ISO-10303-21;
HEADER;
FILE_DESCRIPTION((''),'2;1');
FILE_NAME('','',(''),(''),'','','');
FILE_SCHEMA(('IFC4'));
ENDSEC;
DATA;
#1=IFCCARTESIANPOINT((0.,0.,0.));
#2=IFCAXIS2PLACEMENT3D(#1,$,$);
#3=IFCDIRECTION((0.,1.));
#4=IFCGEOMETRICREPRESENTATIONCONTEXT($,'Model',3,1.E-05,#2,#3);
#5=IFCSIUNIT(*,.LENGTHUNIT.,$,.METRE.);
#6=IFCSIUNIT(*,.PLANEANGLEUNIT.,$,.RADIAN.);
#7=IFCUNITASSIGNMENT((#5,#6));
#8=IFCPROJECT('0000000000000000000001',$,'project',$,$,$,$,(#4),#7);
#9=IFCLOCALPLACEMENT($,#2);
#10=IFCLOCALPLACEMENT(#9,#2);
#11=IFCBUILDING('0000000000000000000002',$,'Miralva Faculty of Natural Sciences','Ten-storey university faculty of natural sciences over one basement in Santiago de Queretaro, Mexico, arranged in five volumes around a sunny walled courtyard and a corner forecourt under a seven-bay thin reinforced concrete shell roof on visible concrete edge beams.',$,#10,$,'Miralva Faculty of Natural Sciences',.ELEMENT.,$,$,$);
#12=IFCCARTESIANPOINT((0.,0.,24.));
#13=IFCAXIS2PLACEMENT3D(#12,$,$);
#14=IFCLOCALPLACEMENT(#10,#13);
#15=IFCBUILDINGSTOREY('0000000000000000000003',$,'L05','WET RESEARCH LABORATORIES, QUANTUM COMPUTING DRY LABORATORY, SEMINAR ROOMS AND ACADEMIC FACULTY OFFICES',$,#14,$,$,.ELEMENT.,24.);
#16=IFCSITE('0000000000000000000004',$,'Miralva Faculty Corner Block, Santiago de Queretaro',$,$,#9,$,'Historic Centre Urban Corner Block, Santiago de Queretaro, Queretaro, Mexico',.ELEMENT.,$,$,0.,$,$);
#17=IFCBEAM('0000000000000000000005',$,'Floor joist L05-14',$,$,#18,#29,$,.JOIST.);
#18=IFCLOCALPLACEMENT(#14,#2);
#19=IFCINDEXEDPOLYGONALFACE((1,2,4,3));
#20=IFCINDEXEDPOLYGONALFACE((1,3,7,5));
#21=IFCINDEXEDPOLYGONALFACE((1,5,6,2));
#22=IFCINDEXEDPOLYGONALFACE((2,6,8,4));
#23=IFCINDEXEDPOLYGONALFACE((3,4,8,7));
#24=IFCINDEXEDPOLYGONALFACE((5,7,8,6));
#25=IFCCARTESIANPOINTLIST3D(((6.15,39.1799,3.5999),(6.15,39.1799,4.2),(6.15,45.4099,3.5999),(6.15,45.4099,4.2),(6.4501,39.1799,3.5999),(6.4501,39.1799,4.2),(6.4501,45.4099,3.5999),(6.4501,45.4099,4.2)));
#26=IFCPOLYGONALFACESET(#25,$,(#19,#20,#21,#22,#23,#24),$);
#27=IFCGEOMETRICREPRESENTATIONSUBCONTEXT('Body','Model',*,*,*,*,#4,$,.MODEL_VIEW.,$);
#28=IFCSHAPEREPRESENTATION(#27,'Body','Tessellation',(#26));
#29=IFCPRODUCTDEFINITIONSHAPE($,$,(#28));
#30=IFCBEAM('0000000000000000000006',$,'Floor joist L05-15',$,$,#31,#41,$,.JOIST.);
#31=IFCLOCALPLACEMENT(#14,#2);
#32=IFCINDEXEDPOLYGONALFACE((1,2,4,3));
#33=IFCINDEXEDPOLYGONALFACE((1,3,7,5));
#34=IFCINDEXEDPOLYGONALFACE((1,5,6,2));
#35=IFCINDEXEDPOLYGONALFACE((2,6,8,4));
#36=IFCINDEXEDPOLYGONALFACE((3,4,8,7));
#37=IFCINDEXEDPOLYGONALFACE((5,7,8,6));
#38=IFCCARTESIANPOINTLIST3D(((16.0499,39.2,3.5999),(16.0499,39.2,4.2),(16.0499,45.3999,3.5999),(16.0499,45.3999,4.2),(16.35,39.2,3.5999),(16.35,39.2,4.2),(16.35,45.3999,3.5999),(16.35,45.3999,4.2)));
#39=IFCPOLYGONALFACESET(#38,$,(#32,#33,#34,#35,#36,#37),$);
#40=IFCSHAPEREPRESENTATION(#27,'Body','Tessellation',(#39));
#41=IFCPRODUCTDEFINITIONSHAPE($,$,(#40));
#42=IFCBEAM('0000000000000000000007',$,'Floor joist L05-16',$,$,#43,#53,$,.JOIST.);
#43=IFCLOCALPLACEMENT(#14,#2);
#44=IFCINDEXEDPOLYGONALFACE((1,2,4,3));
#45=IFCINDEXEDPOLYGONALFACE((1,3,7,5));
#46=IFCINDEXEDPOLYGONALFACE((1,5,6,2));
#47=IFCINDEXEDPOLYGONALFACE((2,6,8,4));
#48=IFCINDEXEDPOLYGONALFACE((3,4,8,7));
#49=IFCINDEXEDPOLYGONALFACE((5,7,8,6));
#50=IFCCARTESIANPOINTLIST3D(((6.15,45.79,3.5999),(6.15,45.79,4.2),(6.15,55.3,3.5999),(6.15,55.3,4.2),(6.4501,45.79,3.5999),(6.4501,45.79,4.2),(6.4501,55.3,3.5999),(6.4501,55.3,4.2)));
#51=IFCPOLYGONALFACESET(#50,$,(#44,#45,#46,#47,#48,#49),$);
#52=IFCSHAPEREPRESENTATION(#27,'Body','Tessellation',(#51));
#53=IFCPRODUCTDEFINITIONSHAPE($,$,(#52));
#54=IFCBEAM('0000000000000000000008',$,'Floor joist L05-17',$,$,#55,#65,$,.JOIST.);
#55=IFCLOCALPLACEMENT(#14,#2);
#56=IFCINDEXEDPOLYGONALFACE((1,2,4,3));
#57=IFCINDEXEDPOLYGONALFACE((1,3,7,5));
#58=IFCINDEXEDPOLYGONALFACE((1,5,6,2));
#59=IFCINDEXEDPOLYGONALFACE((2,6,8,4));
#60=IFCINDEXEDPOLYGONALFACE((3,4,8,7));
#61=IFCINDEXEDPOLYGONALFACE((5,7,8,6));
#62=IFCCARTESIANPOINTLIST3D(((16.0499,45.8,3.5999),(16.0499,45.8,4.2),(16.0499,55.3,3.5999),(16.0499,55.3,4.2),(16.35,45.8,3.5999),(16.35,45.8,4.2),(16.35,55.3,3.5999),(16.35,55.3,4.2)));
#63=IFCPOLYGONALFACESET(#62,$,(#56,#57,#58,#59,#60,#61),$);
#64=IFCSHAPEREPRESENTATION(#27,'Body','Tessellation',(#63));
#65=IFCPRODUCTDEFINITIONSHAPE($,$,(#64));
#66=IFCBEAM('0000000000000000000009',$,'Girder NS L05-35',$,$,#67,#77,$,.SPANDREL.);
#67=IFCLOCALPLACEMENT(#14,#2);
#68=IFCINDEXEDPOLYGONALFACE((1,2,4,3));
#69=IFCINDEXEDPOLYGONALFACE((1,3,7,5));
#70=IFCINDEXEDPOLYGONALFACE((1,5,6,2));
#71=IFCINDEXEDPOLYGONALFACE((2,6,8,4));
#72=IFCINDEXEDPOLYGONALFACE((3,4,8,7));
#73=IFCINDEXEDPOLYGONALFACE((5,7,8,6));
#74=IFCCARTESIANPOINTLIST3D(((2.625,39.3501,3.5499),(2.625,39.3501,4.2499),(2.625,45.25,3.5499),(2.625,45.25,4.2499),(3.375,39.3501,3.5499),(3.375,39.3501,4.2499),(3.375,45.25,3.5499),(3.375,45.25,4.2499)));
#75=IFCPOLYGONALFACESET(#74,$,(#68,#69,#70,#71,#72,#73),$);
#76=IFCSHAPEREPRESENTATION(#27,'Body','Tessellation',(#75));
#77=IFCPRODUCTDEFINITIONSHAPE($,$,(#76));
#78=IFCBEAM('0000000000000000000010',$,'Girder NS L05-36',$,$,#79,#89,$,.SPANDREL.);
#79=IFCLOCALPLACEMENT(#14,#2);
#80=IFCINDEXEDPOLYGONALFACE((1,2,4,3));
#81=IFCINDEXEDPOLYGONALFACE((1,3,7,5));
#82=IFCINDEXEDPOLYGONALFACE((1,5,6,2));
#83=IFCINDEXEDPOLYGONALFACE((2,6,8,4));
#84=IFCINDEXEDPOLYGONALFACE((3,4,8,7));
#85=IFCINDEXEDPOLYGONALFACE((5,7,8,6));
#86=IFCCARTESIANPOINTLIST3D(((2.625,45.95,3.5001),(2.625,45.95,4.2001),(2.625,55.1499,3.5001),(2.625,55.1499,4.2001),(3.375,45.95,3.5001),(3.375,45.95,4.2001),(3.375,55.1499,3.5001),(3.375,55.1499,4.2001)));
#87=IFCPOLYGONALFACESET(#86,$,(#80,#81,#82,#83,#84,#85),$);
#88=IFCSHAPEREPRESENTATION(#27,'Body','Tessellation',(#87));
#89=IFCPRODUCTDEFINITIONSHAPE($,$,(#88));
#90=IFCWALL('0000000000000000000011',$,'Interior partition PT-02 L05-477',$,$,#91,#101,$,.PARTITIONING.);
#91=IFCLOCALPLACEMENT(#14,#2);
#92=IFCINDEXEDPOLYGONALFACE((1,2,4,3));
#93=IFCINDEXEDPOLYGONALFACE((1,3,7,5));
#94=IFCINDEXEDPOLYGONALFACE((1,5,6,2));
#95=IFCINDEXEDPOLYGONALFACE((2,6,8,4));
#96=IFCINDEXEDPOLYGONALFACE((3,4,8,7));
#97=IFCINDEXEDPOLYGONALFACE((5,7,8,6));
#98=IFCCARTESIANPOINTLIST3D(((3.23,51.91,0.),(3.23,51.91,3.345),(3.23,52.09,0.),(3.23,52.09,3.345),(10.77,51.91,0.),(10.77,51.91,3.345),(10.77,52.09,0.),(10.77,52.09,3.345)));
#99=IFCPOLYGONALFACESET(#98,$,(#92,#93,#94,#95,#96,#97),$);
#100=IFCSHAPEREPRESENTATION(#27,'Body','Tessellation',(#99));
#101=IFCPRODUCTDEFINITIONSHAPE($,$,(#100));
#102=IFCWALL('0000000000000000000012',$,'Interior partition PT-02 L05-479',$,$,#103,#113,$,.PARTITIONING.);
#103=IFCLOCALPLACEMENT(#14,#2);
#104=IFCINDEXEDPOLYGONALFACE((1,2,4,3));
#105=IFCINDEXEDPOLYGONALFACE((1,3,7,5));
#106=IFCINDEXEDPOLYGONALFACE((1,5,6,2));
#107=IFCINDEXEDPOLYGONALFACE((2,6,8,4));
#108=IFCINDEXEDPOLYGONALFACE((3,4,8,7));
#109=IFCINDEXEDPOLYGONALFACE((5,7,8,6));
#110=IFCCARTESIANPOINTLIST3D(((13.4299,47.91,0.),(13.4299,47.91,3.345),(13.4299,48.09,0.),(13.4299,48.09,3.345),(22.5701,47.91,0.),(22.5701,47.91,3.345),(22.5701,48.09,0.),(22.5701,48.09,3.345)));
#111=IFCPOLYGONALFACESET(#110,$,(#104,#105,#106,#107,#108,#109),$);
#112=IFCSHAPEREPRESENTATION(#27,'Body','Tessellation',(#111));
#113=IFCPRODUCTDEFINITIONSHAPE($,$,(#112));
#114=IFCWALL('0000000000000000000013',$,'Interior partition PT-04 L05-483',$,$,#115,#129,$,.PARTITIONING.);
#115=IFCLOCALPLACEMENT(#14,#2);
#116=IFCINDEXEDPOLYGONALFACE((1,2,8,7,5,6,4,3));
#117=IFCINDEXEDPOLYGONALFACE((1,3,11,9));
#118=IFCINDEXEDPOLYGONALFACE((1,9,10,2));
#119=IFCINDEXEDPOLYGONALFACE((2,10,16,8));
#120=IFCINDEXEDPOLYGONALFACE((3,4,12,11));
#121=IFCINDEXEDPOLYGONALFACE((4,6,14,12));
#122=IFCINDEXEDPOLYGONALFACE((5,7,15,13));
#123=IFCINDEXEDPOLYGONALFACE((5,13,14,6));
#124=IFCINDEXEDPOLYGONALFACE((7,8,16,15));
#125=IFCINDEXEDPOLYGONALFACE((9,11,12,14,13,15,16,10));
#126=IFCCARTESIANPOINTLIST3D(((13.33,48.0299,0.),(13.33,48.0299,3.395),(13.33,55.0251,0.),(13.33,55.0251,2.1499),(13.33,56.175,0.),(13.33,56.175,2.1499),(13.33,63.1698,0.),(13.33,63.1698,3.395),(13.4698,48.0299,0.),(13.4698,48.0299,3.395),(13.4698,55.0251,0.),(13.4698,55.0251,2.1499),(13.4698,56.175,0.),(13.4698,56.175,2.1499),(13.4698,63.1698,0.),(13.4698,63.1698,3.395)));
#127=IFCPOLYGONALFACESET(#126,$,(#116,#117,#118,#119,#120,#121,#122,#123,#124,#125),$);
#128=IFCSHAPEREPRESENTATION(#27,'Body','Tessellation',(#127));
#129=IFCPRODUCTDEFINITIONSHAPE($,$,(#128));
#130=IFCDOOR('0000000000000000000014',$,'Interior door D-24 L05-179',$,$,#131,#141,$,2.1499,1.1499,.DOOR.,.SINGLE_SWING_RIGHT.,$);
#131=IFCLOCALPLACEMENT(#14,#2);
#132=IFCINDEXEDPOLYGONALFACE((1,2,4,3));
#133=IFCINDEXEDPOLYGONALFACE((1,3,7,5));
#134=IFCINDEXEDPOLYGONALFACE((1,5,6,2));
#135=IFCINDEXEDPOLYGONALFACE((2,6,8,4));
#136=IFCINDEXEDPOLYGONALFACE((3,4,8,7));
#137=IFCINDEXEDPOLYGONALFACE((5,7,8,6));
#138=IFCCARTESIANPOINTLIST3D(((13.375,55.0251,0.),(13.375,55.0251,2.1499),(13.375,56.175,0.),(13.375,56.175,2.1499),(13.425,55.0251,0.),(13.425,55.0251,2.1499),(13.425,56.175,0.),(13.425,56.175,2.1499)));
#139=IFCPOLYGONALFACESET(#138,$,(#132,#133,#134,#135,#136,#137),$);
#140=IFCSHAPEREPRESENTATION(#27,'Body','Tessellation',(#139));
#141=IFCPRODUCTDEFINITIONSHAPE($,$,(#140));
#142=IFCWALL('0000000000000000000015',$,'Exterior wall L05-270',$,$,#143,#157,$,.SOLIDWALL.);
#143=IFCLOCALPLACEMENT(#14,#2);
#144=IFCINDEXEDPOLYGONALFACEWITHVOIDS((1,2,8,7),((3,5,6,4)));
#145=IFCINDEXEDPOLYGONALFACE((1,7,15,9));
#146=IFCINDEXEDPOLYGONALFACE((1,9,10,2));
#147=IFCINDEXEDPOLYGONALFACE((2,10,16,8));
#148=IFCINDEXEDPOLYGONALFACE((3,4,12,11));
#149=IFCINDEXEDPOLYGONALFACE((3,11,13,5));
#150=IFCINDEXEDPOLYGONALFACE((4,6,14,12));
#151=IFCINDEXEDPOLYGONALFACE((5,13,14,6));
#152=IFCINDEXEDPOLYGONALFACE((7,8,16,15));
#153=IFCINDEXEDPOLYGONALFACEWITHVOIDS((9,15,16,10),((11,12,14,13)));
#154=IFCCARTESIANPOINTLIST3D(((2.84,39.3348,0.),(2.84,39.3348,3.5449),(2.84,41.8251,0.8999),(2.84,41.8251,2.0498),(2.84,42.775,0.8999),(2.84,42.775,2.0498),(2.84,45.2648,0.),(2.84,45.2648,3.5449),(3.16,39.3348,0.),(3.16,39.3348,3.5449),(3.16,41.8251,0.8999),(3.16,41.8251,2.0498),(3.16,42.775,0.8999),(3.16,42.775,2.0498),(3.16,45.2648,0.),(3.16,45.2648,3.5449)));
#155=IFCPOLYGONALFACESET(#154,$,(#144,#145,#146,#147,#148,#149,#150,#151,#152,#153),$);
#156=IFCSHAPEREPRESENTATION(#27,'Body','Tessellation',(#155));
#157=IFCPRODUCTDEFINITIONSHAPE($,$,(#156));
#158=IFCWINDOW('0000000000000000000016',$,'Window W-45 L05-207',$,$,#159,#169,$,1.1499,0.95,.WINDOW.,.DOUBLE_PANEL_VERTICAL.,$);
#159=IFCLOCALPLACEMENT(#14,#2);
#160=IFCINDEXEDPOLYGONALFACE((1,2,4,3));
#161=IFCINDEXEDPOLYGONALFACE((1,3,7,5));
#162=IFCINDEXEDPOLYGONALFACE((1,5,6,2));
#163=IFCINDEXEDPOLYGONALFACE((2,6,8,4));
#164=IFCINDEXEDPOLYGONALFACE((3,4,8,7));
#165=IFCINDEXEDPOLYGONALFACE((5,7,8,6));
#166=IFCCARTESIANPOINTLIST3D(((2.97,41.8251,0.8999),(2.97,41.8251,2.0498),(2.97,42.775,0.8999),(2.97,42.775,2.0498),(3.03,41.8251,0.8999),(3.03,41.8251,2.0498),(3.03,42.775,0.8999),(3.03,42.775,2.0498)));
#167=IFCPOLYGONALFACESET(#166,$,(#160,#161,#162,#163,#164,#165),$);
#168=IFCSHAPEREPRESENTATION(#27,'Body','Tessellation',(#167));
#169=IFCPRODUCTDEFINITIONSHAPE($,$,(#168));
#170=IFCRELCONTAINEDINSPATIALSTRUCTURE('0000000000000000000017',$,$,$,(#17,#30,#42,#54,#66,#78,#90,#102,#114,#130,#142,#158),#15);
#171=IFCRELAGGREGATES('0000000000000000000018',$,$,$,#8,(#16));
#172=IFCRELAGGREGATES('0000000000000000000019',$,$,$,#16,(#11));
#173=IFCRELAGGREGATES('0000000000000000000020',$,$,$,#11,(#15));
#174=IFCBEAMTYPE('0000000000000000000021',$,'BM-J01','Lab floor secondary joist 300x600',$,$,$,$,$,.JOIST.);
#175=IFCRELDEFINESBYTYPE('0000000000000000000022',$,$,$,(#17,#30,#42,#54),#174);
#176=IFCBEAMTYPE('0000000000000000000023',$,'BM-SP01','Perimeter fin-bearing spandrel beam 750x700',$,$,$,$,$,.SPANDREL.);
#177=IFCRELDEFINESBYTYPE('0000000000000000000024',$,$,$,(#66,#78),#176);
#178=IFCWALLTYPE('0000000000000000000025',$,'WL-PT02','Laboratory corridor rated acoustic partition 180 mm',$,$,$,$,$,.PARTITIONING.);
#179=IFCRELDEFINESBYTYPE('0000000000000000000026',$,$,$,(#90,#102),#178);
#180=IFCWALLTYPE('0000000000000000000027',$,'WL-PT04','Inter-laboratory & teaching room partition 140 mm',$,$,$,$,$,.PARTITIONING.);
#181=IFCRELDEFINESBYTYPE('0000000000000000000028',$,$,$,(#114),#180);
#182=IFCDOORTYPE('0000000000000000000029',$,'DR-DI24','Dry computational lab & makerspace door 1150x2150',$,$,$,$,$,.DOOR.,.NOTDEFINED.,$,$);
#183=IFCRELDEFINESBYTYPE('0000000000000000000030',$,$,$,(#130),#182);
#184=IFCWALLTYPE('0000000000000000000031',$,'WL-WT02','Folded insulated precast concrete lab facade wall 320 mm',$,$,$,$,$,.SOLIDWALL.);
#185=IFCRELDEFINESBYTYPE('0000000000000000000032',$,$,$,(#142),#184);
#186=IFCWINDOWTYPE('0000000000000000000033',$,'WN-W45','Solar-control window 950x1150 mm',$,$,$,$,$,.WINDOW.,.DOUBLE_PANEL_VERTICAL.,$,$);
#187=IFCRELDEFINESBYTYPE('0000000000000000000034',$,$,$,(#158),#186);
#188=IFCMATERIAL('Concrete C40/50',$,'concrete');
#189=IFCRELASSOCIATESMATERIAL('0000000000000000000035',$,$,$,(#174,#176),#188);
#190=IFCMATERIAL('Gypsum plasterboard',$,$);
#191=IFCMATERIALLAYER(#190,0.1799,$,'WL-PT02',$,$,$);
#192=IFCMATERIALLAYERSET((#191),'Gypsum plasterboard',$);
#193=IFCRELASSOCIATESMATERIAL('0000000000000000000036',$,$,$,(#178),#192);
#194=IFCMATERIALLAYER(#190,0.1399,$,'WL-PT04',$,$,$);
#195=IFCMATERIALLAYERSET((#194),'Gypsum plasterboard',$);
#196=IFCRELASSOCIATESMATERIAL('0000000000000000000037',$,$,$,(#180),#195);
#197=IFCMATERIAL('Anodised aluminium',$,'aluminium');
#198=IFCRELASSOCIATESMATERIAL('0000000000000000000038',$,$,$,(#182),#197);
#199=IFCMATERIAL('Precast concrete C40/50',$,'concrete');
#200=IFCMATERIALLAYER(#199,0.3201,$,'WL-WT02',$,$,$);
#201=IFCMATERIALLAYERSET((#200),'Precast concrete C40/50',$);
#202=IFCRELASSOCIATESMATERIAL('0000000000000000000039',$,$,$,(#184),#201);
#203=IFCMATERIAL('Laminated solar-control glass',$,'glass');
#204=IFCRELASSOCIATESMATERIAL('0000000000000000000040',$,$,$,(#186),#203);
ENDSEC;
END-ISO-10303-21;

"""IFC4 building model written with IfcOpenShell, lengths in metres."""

from ifc_helpers import new_model, si_unit, direction, frame, frame_2d, origin, origin_2d, place, context, subcontext, project, spatial, rectangle, extrude, material, layer, layer_set, material_profile, profile_set, type_object, element, fill, save


model = new_model("IFC4")

# Units and contexts
model_context = context("Model", 3, precision=1e-05, world=origin(), true_north=direction((0.0, 1.0)))
body_context = subcontext(model_context, "Body", "Model", "MODEL_VIEW")
ifc_project = project(units=[si_unit("LENGTHUNIT", "METRE"), si_unit("PLANEANGLEUNIT", "RADIAN")], contexts=[model_context])

# Site, building, storey
site_placement = place(None, origin())
site = spatial("IfcSite", under=ifc_project, at=site_placement, Name="Miralva Faculty Corner Block, Santiago de Queretaro", LongName="Historic Centre Urban Corner Block, Santiago de Queretaro, Queretaro, Mexico", CompositionType="ELEMENT", RefElevation=0.0)
building_placement = place(site_placement, origin())
building = spatial("IfcBuilding", under=site, at=building_placement, Name="Miralva Faculty of Natural Sciences", Description="Ten-storey university faculty of natural sciences over one basement in Santiago de Queretaro, Mexico, arranged in five volumes around a sunny walled courtyard and a corner forecourt under a seven-bay thin reinforced concrete shell roof on visible concrete edge beams.", LongName="Miralva Faculty of Natural Sciences", CompositionType="ELEMENT")
storey_placement = place(building_placement, frame((0.0, 0.0, 24.0)))
storey = spatial("IfcBuildingStorey", under=building, at=storey_placement, Name="L05", Description="WET RESEARCH LABORATORIES, QUANTUM COMPUTING DRY LABORATORY, SEMINAR ROOMS AND ACADEMIC FACULTY OFFICES", CompositionType="ELEMENT", Elevation=24.0)

# Shared definitions
ifc_material_1 = material(Name="Concrete C40/50", Category="concrete")

# Beams
ifc_material_profile_1 = material_profile(ifc_material_1, rectangle(XDim=0.3, YDim=0.6001, at=origin_2d()), Name="RC 300x600")
ifc_profile_set_1 = profile_set([ifc_material_profile_1], Name="Concrete C40/50")
beam_type_1 = type_object("IfcBeamType", Name="BM-J01", Description="Lab floor secondary joist 300x600", PredefinedType="JOIST", material=ifc_profile_set_1)
beam_1_placement = place(storey_placement, frame((6.3, 39.1799, 3.8999), z_axis=(0.0, 1.0, 0.0), x_axis=(-1.0, 0.0, 0.0)))
element("IfcBeam", 1, at=beam_1_placement, inside=storey, type_object=beam_type_1, Name="Floor joist L05-14", PredefinedType="JOIST", context=body_context, shape_type="SweptSolid", body=[
    extrude(rectangle(XDim=0.3, YDim=0.6001, at=origin_2d()), origin(), (0.0, 0.0, 1.0), 6.23),
])
beam_2_placement = place(storey_placement, frame((16.2, 39.2, 3.8999), z_axis=(0.0, 1.0, 0.0), x_axis=(-1.0, 0.0, 0.0)))
element("IfcBeam", 2, at=beam_2_placement, inside=storey, type_object=beam_type_1, Name="Floor joist L05-15", PredefinedType="JOIST", context=body_context, shape_type="SweptSolid", body=[
    extrude(rectangle(XDim=0.3, YDim=0.6001, at=origin_2d()), origin(), (0.0, 0.0, 1.0), 6.2),
])
beam_3_placement = place(storey_placement, frame((6.3, 45.79, 3.8999), z_axis=(0.0, 1.0, 0.0), x_axis=(-1.0, 0.0, 0.0)))
element("IfcBeam", 3, at=beam_3_placement, inside=storey, type_object=beam_type_1, Name="Floor joist L05-16", PredefinedType="JOIST", context=body_context, shape_type="SweptSolid", body=[
    extrude(rectangle(XDim=0.3, YDim=0.6001, at=origin_2d()), origin(), (0.0, 0.0, 1.0), 9.51),
])
beam_4_placement = place(storey_placement, frame((16.2, 45.8, 3.8999), z_axis=(0.0, 1.0, 0.0), x_axis=(-1.0, 0.0, 0.0)))
element("IfcBeam", 4, at=beam_4_placement, inside=storey, type_object=beam_type_1, Name="Floor joist L05-17", PredefinedType="JOIST", context=body_context, shape_type="SweptSolid", body=[
    extrude(rectangle(XDim=0.3, YDim=0.6001, at=origin_2d()), origin(), (0.0, 0.0, 1.0), 9.5),
])
ifc_material_profile_2 = material_profile(ifc_material_1, rectangle(XDim=0.75, YDim=0.7, at=origin_2d()), Name="RC 750x700")
ifc_profile_set_2 = profile_set([ifc_material_profile_2], Name="Concrete C40/50")
beam_type_2 = type_object("IfcBeamType", Name="BM-SP01", Description="Perimeter fin-bearing spandrel beam 750x700", PredefinedType="SPANDREL", material=ifc_profile_set_2)
beam_5_placement = place(storey_placement, frame((3.0, 39.3501, 3.8999), z_axis=(0.0, 1.0, 0.0), x_axis=(-1.0, 0.0, 0.0)))
element("IfcBeam", 5, at=beam_5_placement, inside=storey, type_object=beam_type_2, Name="Girder NS L05-35", PredefinedType="SPANDREL", context=body_context, shape_type="SweptSolid", body=[
    extrude(rectangle(XDim=0.75, YDim=0.7, at=origin_2d()), origin(), (0.0, 0.0, 1.0), 5.8999),
])
beam_6_placement = place(storey_placement, frame((3.0, 45.95, 3.8501), z_axis=(0.0, 1.0, 0.0), x_axis=(-1.0, 0.0, 0.0)))
element("IfcBeam", 6, at=beam_6_placement, inside=storey, type_object=beam_type_2, Name="Girder NS L05-36", PredefinedType="SPANDREL", context=body_context, shape_type="SweptSolid", body=[
    extrude(rectangle(XDim=0.75, YDim=0.7, at=origin_2d()), origin(), (0.0, 0.0, 1.0), 9.2),
])

# Walls
ifc_material_2 = material(Name="Gypsum plasterboard")
ifc_layer_1 = layer(ifc_material_2, 0.1799, Name="WL-PT02")
ifc_layer_set_1 = layer_set([ifc_layer_1], Name="Gypsum plasterboard")
wall_type_1 = type_object("IfcWallType", Name="WL-PT02", Description="Laboratory corridor rated acoustic partition 180 mm", PredefinedType="PARTITIONING", material=ifc_layer_set_1)
wall_1_placement = place(storey_placement, frame((3.23, 52.0, 0.0), z_axis=(0.0, 0.0, 1.0), x_axis=(1.0, 0.0, 0.0)))
element("IfcWall", 7, at=wall_1_placement, inside=storey, type_object=wall_type_1, Name="Interior partition PT-02 L05-477", PredefinedType="PARTITIONING", context=body_context, shape_type="SweptSolid", body=[
    extrude(rectangle(XDim=7.54, YDim=0.1799, at=frame_2d((3.77, 0.0))), origin(), (0.0, 0.0, 1.0), 3.345),
])
wall_2_placement = place(storey_placement, frame((13.4299, 48.0, 0.0), z_axis=(0.0, 0.0, 1.0), x_axis=(1.0, 0.0, 0.0)))
element("IfcWall", 8, at=wall_2_placement, inside=storey, type_object=wall_type_1, Name="Interior partition PT-02 L05-479", PredefinedType="PARTITIONING", context=body_context, shape_type="SweptSolid", body=[
    extrude(rectangle(XDim=9.1401, YDim=0.1799, at=frame_2d((4.5701, 0.0))), origin(), (0.0, 0.0, 1.0), 3.345),
])

# Wall, opening, door
ifc_layer_2 = layer(ifc_material_2, 0.1399, Name="WL-PT04")
ifc_layer_set_2 = layer_set([ifc_layer_2], Name="Gypsum plasterboard")
wall_type_2 = type_object("IfcWallType", Name="WL-PT04", Description="Inter-laboratory & teaching room partition 140 mm", PredefinedType="PARTITIONING", material=ifc_layer_set_2)
wall_3_placement = place(storey_placement, frame((13.3999, 48.03, 0.0), z_axis=(0.0, 0.0, 1.0), x_axis=(0.0, 1.0, 0.0)))
wall_3 = element("IfcWall", 9, at=wall_3_placement, inside=storey, type_object=wall_type_2, Name="Interior partition PT-04 L05-483", PredefinedType="PARTITIONING", context=body_context, shape_type="SweptSolid", body=[
    extrude(rectangle(XDim=15.1399, YDim=0.1399, at=frame_2d((7.5698, 0.0))), origin(), (0.0, 0.0, 1.0), 3.395),
])
opening_1_placement = place(wall_3_placement, frame((6.9951, 0.0, 0.0)))
opening_1 = element("IfcOpeningElement", 10, at=opening_1_placement, cuts=wall_3, PredefinedType="OPENING", context=body_context, shape_type="SweptSolid", body=[
    extrude(rectangle(XDim=1.1499, YDim=2.1499, at=frame_2d((0.575, 1.075))), frame((0.0, 0.0798, 0.0), z_axis=(0.0, -1.0, 0.0), x_axis=(1.0, 0.0, 0.0)), (0.0, 0.0, 1.0), 0.1599),
])
ifc_material_3 = material(Name="Anodised aluminium", Category="aluminium")
door_type = type_object("IfcDoorType", Name="DR-DI24", Description="Dry computational lab & makerspace door 1150x2150", OperationType="NOTDEFINED", PredefinedType="DOOR", material=ifc_material_3)
door_placement = place(opening_1_placement, origin())
door = element("IfcDoor", 11, at=door_placement, inside=storey, type_object=door_type, Name="Interior door D-24 L05-179", OperationType="SINGLE_SWING_RIGHT", OverallHeight=2.1499, OverallWidth=1.1499, PredefinedType="DOOR", context=body_context, shape_type="SweptSolid", body=[
    extrude(rectangle(XDim=1.1499, YDim=2.1499, at=frame_2d((0.575, 1.075))), frame((0.0, 0.0249, 0.0), z_axis=(0.0, -1.0, 0.0), x_axis=(1.0, 0.0, 0.0)), (0.0, 0.0, 1.0), 0.05),
])
fill(opening_1, door)

# Wall, opening, window
ifc_material_4 = material(Name="Precast concrete C40/50", Category="concrete")
ifc_layer_3 = layer(ifc_material_4, 0.3201, Name="WL-WT02")
ifc_layer_set_3 = layer_set([ifc_layer_3], Name="Precast concrete C40/50")
wall_type_3 = type_object("IfcWallType", Name="WL-WT02", Description="Folded insulated precast concrete lab facade wall 320 mm", PredefinedType="SOLIDWALL", material=ifc_layer_set_3)
wall_4_placement = place(storey_placement, frame((3.0, 39.335, 0.0), z_axis=(0.0, 0.0, 1.0), x_axis=(0.0, 1.0, 0.0)))
wall_4 = element("IfcWall", 12, at=wall_4_placement, inside=storey, type_object=wall_type_3, Name="Exterior wall L05-270", PredefinedType="SOLIDWALL", context=body_context, shape_type="SweptSolid", body=[
    extrude(rectangle(XDim=5.9299, YDim=0.3201, at=frame_2d((2.9648, 0.0))), origin(), (0.0, 0.0, 1.0), 3.5449),
])
opening_2_placement = place(wall_4_placement, frame((2.49, 0.0, 0.8999)))
opening_2 = element("IfcOpeningElement", 13, at=opening_2_placement, cuts=wall_4, PredefinedType="OPENING", context=body_context, shape_type="SweptSolid", body=[
    extrude(rectangle(XDim=0.95, YDim=1.1499, at=frame_2d((0.4751, 0.575))), frame((0.0, 0.1699, 0.0), z_axis=(0.0, -1.0, 0.0), x_axis=(1.0, 0.0, 0.0)), (0.0, 0.0, 1.0), 0.3401),
])
ifc_material_5 = material(Name="Laminated solar-control glass", Category="glass")
window_type_1 = type_object("IfcWindowType", Name="WN-W45", Description="Solar-control window 950x1150 mm", PartitioningType="DOUBLE_PANEL_VERTICAL", PredefinedType="WINDOW", material=ifc_material_5)
window_1_placement = place(opening_2_placement, origin())
window_1 = element("IfcWindow", 14, at=window_1_placement, inside=storey, type_object=window_type_1, Name="Window W-45 L05-207", OverallHeight=1.1499, OverallWidth=0.95, PartitioningType="DOUBLE_PANEL_VERTICAL", PredefinedType="WINDOW", context=body_context, shape_type="SweptSolid", body=[
    extrude(rectangle(XDim=0.95, YDim=1.1499, at=frame_2d((0.4751, 0.575))), frame((0.0, 0.03, 0.0), z_axis=(0.0, -1.0, 0.0), x_axis=(1.0, 0.0, 0.0)), (0.0, 0.0, 1.0), 0.0601),
])
fill(opening_2, window_1)

save(model, "model.ifc")
